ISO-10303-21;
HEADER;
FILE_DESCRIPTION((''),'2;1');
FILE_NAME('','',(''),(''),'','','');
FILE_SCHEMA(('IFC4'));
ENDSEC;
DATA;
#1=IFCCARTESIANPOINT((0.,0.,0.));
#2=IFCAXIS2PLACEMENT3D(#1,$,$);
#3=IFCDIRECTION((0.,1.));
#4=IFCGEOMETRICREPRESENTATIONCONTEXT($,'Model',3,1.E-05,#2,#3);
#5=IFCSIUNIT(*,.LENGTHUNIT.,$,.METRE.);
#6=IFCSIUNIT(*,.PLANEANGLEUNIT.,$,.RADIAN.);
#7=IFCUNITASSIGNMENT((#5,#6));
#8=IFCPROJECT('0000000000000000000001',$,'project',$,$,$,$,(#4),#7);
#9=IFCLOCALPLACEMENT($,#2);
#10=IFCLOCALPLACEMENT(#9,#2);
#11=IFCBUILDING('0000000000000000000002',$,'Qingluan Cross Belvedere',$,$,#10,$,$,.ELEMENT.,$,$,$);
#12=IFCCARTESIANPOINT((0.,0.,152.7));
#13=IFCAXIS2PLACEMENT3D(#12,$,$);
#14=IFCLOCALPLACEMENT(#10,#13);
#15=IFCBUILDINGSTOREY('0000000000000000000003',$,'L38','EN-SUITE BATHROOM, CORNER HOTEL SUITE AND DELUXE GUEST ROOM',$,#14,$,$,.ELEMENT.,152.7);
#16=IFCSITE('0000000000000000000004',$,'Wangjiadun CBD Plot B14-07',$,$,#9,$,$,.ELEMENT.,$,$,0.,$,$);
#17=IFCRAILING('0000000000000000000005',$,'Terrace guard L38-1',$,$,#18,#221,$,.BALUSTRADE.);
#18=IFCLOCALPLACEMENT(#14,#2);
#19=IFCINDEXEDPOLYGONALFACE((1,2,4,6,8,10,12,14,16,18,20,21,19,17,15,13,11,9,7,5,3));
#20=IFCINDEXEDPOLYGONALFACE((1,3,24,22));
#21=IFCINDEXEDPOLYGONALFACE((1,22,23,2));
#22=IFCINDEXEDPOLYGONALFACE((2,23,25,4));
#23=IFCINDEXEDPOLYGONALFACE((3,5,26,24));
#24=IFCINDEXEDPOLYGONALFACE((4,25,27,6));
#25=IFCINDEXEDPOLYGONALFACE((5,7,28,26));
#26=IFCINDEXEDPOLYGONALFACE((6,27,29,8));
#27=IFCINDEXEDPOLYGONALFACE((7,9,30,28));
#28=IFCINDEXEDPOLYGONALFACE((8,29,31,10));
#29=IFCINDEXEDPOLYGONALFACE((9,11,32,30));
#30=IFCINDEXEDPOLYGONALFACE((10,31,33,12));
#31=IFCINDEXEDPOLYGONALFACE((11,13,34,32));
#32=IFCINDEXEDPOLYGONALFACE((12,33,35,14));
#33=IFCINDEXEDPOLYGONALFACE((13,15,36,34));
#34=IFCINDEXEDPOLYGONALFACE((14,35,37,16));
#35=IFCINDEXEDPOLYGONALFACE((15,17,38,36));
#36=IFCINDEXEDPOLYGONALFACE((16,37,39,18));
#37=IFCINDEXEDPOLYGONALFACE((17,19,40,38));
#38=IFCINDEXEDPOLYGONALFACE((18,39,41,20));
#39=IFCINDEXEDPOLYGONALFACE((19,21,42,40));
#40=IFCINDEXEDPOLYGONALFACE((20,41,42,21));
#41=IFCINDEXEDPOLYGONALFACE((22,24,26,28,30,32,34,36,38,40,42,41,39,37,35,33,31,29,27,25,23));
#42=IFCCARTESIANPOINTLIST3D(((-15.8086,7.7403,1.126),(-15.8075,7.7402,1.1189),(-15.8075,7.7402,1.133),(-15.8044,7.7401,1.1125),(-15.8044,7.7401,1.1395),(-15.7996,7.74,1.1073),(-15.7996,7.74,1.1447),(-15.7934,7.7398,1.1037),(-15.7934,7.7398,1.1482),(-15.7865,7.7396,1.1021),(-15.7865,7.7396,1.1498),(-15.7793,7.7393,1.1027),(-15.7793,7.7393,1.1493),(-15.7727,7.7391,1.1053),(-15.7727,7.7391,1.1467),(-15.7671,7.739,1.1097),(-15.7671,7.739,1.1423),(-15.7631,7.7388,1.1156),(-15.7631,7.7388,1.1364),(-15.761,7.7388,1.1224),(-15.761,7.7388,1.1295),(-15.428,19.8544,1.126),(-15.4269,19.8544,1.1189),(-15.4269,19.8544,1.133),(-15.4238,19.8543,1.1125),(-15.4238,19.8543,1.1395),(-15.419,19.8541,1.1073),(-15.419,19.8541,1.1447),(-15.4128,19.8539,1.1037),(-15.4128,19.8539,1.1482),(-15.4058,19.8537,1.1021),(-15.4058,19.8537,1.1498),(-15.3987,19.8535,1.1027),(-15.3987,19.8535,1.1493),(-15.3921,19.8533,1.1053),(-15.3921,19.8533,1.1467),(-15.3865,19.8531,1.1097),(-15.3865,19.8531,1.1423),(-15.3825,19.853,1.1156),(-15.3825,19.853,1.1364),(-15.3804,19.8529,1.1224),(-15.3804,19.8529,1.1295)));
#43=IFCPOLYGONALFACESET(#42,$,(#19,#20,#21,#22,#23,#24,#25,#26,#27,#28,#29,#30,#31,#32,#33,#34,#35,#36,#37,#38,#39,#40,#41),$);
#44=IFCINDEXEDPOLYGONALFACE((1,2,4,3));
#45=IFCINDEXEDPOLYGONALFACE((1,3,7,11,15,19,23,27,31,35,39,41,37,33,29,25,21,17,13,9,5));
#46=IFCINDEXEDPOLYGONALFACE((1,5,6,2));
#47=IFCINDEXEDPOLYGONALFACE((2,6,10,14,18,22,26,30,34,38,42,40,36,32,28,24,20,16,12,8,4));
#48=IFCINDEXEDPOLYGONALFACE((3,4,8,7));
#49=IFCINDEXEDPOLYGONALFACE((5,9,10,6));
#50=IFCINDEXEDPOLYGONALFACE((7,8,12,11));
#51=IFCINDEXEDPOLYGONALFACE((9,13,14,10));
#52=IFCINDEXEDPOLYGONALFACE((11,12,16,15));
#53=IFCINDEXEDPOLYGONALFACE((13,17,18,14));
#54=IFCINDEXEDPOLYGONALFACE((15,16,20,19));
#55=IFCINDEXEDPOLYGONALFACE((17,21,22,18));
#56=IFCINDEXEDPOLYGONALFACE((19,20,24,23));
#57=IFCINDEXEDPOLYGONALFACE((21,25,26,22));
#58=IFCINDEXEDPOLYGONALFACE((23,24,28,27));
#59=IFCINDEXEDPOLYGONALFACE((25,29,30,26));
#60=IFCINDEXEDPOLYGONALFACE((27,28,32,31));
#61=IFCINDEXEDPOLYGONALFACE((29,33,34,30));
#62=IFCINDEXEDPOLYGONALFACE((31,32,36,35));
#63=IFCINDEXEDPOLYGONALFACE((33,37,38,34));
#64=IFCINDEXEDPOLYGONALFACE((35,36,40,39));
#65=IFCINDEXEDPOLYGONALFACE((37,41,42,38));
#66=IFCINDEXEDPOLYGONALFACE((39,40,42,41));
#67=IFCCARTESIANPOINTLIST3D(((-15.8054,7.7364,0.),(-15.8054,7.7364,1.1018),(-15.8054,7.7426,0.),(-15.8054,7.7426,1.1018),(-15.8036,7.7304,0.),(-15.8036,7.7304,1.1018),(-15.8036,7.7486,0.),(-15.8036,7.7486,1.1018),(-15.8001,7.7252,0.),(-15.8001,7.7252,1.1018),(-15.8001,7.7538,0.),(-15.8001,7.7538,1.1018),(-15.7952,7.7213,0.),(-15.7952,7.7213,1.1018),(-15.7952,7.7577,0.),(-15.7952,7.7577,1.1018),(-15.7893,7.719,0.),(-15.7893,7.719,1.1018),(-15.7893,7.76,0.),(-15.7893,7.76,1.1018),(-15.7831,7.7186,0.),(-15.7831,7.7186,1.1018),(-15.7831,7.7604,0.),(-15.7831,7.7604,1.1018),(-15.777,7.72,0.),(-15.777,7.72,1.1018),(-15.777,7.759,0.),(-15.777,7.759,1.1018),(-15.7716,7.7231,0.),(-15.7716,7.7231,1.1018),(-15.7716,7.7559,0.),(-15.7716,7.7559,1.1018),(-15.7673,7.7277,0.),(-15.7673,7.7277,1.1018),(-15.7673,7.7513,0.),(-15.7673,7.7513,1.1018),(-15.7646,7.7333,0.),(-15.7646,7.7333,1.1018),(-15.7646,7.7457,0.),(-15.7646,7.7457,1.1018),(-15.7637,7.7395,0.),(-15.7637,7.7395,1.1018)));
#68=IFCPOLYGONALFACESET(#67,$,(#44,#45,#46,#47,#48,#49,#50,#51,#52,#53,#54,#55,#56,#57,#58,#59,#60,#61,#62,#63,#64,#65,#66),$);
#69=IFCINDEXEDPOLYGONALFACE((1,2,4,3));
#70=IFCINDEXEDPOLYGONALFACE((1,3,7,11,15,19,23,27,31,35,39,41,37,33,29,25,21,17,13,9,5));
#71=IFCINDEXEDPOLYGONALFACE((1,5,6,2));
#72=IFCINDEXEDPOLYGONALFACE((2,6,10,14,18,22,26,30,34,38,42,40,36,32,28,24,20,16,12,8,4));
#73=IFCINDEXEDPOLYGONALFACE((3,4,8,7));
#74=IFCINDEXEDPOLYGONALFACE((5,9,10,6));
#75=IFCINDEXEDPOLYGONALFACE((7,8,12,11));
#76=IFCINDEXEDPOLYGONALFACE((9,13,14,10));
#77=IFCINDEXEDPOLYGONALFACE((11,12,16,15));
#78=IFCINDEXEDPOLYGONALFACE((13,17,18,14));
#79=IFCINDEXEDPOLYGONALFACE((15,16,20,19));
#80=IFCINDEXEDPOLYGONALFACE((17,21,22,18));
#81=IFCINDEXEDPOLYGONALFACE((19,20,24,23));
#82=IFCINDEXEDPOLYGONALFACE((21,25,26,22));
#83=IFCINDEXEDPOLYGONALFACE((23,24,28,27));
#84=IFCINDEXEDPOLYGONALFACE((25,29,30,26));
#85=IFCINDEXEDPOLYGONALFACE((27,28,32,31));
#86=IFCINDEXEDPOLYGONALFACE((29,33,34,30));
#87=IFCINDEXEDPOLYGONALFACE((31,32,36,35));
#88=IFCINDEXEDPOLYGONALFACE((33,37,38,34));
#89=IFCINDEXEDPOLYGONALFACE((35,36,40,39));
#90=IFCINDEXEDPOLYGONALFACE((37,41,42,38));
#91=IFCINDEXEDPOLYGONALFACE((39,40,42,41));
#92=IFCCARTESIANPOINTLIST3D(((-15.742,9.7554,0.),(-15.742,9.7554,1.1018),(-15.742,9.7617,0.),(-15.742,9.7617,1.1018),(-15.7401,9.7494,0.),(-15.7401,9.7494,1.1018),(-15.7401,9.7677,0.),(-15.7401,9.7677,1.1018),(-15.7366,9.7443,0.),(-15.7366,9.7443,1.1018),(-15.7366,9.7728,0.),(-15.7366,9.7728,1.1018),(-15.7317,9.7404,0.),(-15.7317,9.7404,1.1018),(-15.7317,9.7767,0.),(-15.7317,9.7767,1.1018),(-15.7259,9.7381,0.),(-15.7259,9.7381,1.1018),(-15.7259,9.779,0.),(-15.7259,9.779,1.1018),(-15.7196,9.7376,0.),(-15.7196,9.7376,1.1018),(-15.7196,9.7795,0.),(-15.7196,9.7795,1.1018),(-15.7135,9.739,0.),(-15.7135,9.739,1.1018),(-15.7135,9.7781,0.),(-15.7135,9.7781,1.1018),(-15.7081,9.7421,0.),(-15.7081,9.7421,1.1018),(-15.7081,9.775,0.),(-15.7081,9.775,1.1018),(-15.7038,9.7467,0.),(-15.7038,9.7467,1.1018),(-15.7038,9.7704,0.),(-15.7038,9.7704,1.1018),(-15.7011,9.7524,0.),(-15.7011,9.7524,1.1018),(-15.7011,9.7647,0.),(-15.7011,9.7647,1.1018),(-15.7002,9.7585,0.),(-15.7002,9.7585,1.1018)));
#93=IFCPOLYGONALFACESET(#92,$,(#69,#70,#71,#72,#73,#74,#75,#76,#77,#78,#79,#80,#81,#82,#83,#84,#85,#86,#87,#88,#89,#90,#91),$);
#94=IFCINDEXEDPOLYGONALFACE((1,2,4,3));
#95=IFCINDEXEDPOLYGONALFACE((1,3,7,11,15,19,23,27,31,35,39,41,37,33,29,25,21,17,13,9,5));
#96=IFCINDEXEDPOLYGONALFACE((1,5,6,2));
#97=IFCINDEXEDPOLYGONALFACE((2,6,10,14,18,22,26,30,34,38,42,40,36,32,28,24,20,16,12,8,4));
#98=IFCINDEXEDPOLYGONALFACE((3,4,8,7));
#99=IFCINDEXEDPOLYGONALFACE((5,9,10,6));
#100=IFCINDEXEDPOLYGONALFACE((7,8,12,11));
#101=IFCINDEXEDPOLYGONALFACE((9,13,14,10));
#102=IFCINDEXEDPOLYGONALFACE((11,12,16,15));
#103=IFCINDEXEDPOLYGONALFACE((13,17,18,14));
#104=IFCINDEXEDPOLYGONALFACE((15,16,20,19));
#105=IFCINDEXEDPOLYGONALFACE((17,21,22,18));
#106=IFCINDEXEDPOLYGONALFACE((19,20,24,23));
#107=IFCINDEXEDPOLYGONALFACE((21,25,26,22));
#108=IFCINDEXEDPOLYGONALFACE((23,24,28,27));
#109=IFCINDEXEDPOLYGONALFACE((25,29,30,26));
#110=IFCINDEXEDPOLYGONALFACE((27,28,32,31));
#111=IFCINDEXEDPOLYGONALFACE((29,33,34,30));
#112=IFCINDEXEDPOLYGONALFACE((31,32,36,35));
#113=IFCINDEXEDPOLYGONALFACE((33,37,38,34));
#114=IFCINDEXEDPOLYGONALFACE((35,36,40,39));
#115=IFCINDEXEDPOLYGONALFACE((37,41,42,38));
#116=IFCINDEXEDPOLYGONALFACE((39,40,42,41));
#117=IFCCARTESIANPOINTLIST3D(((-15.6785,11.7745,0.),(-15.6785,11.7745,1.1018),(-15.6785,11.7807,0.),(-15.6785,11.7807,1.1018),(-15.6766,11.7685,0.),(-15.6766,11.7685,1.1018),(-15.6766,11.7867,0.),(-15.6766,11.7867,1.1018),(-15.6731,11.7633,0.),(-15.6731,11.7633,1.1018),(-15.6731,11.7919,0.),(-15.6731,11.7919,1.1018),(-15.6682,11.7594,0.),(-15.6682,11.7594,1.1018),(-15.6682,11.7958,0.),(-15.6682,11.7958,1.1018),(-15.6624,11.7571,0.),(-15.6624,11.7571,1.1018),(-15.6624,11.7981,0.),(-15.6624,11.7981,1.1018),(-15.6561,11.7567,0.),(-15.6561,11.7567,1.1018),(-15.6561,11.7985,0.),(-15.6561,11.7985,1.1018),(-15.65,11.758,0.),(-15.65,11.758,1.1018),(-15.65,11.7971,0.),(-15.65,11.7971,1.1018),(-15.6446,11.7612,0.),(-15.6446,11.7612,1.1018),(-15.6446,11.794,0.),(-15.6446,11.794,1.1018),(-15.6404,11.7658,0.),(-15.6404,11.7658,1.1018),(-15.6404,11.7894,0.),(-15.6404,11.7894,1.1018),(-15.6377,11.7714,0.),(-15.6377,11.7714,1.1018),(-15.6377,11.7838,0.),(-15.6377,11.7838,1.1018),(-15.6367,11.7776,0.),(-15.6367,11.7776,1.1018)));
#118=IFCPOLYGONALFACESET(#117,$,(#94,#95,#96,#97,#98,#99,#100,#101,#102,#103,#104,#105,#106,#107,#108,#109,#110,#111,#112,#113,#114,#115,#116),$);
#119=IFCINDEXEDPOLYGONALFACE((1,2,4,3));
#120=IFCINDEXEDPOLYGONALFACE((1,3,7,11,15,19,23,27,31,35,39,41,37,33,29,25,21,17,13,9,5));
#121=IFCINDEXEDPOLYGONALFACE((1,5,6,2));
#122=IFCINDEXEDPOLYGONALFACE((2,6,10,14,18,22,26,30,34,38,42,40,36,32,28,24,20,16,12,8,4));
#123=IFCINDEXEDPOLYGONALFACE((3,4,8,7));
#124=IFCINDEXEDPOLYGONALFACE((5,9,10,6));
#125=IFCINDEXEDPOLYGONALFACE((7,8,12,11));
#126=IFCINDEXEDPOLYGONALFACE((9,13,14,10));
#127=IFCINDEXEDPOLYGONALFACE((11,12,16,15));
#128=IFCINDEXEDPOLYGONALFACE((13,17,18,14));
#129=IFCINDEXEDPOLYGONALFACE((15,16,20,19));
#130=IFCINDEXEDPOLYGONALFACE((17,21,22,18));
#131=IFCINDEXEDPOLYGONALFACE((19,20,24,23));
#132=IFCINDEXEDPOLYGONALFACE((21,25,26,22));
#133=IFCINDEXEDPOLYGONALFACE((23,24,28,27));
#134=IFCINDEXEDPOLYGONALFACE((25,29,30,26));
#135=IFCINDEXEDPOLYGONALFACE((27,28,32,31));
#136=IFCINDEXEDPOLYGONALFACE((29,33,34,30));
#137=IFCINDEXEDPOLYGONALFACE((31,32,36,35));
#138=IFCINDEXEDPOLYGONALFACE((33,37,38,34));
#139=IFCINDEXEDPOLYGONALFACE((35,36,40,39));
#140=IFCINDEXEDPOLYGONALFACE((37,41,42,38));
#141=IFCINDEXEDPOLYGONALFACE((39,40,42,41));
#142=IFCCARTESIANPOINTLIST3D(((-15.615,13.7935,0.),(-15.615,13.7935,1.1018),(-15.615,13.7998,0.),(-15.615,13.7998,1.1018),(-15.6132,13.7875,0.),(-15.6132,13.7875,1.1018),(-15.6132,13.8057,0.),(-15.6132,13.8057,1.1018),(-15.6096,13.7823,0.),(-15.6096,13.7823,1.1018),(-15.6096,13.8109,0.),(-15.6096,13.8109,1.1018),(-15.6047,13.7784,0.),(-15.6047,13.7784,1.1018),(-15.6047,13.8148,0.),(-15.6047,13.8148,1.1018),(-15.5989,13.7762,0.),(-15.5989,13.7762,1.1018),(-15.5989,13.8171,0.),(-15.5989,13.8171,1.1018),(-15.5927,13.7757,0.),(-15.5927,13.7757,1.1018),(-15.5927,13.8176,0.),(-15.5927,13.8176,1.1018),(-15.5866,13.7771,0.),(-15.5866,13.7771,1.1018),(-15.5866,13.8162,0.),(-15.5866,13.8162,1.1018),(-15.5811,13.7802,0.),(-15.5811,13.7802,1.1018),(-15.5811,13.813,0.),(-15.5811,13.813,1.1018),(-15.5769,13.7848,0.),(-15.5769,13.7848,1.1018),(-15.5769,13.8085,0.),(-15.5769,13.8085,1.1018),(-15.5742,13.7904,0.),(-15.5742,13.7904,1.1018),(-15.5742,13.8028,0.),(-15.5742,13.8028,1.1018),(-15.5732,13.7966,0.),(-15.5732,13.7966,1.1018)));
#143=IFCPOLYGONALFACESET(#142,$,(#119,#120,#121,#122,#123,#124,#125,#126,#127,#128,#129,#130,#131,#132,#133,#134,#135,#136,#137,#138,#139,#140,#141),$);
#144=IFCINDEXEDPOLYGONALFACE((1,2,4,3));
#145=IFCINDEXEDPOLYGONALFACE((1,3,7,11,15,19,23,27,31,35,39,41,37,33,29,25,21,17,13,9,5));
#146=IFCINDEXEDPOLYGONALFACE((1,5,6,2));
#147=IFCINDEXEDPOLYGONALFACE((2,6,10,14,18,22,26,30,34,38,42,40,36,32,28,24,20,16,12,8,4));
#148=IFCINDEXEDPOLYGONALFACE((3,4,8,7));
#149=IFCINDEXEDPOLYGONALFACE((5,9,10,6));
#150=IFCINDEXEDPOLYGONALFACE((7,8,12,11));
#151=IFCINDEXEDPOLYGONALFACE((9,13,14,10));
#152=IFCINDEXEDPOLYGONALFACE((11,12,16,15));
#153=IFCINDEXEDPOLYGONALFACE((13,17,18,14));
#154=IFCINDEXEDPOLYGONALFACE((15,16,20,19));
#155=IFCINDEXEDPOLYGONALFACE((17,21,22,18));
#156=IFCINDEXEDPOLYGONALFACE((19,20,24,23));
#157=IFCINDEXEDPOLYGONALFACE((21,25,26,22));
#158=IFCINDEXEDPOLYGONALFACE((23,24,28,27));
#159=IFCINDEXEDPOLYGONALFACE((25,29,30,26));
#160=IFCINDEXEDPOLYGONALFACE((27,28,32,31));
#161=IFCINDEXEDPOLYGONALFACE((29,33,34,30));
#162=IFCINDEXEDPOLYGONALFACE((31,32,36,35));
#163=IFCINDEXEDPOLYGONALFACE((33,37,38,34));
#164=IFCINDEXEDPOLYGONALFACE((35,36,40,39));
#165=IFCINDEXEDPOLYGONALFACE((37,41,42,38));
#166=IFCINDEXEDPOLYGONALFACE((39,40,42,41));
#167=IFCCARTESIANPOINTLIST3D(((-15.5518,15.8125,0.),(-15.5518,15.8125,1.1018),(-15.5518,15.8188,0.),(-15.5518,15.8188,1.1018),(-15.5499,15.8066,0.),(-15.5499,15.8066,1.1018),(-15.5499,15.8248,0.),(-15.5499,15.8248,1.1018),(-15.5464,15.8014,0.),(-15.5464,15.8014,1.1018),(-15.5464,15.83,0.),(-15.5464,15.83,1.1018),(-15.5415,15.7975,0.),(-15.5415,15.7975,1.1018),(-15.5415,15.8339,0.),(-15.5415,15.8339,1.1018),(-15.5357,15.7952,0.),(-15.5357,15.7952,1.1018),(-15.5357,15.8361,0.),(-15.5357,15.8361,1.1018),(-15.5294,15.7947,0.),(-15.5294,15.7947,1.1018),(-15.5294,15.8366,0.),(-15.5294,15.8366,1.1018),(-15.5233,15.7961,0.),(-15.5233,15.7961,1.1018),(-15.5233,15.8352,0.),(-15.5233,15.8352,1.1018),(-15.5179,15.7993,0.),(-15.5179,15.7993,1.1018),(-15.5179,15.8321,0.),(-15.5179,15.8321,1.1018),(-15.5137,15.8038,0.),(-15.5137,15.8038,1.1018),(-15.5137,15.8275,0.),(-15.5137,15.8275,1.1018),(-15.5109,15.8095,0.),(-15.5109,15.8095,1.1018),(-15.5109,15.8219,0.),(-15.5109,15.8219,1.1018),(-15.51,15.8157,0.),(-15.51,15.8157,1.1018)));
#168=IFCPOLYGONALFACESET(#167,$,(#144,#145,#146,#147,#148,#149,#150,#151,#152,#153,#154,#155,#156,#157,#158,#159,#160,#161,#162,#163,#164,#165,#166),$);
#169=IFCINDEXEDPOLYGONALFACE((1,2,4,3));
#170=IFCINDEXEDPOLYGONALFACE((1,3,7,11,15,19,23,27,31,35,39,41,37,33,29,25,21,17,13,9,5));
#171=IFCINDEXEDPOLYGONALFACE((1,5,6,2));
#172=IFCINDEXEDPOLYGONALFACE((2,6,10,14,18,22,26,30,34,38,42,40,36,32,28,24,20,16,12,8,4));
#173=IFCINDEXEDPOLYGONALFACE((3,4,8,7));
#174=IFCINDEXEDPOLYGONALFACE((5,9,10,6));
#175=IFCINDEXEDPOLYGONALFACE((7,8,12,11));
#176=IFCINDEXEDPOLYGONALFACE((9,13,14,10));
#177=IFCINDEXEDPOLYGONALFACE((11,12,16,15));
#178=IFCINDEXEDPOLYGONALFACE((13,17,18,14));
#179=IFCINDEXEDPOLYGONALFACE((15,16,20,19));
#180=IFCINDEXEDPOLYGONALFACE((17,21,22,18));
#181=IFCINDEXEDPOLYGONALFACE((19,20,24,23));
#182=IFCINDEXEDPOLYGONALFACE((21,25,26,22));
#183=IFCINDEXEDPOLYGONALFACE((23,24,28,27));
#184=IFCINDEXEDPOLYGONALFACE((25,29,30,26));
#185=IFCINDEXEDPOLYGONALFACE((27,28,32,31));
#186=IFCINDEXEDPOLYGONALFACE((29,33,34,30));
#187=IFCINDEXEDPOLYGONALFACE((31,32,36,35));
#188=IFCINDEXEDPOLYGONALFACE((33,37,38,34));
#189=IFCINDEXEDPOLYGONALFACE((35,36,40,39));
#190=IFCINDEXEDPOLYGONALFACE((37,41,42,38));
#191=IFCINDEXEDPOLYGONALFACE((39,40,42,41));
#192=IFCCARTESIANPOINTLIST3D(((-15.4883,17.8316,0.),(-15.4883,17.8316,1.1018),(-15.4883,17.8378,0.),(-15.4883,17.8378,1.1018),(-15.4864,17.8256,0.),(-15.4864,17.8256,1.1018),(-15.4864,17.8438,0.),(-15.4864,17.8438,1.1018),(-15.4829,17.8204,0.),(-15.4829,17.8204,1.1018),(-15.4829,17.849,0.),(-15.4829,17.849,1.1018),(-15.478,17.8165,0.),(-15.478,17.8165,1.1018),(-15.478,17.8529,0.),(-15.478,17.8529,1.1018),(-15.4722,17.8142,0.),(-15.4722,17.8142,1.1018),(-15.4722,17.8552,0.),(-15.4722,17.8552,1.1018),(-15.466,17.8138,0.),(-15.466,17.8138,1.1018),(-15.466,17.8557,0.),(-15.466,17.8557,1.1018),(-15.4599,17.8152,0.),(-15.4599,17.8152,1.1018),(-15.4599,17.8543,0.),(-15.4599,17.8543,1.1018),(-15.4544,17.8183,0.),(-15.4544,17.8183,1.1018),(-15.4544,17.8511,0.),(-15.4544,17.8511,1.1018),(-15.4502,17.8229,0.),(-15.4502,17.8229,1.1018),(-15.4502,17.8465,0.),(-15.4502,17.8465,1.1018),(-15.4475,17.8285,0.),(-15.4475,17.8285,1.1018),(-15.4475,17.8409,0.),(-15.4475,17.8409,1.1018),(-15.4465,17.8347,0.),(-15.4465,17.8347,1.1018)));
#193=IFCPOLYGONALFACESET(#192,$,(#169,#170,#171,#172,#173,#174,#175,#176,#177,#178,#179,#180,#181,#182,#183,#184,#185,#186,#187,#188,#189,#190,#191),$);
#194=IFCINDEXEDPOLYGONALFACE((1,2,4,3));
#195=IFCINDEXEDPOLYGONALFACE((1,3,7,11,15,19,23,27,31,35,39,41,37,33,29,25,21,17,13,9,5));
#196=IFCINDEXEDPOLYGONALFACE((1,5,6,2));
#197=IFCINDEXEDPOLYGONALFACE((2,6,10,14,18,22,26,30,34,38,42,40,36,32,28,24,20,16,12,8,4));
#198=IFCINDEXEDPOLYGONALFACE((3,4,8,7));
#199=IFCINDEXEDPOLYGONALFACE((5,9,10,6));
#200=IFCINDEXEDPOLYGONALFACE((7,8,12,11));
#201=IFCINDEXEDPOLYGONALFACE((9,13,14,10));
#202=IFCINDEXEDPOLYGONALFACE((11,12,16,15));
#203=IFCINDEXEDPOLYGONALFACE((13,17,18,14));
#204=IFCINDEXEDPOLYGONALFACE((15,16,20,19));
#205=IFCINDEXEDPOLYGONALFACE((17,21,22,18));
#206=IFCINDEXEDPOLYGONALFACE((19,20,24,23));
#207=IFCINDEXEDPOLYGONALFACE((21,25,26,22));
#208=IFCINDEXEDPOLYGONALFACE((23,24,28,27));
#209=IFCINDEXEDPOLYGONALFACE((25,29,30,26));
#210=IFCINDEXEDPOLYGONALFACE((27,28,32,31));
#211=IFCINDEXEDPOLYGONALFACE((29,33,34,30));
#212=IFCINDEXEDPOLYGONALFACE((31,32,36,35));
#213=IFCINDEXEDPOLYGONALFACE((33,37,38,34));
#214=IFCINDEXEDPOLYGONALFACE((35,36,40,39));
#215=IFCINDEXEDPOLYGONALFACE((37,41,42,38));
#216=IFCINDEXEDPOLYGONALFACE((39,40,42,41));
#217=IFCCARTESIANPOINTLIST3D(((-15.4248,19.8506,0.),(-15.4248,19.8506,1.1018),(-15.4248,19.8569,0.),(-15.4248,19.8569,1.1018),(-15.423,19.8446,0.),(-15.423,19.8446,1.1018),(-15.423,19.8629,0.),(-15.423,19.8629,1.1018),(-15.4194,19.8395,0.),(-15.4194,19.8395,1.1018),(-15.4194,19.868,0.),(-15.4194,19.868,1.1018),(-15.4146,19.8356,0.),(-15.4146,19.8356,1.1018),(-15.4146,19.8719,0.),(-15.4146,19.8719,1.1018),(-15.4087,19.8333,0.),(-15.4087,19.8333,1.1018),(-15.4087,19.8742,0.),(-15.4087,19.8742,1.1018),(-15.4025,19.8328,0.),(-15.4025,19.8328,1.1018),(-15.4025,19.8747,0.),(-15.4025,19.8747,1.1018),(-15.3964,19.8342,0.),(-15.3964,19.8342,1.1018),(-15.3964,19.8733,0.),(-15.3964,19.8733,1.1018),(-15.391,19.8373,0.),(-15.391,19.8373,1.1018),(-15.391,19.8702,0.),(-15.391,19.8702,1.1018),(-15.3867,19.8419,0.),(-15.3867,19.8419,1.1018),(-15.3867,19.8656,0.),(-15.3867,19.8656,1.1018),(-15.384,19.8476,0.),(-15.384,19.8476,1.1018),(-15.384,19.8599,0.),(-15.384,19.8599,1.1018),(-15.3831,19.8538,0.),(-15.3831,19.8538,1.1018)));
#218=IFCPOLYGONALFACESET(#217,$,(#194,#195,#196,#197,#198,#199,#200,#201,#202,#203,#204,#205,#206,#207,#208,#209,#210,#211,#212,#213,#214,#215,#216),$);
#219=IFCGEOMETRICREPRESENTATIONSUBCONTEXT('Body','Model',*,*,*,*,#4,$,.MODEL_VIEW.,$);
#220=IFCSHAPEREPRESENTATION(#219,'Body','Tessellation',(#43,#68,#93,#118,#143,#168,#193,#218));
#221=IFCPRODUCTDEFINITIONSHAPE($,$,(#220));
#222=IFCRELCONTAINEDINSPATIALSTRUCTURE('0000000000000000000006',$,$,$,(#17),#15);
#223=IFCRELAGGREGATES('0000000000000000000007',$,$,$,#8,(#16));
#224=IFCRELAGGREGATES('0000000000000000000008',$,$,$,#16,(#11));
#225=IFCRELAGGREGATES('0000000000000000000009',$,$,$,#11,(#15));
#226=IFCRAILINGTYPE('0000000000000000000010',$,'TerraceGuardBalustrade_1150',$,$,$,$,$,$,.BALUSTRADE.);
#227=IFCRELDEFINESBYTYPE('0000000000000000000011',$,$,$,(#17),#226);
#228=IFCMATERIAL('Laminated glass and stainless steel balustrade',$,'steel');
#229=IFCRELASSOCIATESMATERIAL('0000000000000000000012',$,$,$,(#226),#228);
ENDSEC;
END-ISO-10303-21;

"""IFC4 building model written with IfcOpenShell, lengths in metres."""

from ifc_helpers import new_model, si_unit, direction, frame, origin, origin_2d, place, context, subcontext, project, spatial, circle, extrude, material, type_object, element, save


model = new_model("IFC4")

# Units and contexts
model_context = context("Model", 3, precision=1e-05, world=origin(), true_north=direction((0.0, 1.0)))
body_context = subcontext(model_context, "Body", "Model", "MODEL_VIEW")
ifc_project = project(units=[si_unit("LENGTHUNIT", "METRE"), si_unit("PLANEANGLEUNIT", "RADIAN")], contexts=[model_context])

# Site, building, storey
site_placement = place(None, origin())
site = spatial("IfcSite", under=ifc_project, at=site_placement, Name="Wangjiadun CBD Plot B14-07", CompositionType="ELEMENT", RefElevation=0.0)
building_placement = place(site_placement, origin())
building = spatial("IfcBuilding", under=site, at=building_placement, Name="Qingluan Cross Belvedere", CompositionType="ELEMENT")
storey_placement = place(building_placement, frame((0.0, 0.0, 152.7)))
storey = spatial("IfcBuildingStorey", under=building, at=storey_placement, Name="L38", Description="EN-SUITE BATHROOM, CORNER HOTEL SUITE AND DELUXE GUEST ROOM", CompositionType="ELEMENT", Elevation=152.7)

# Railing
ifc_material_1 = material(Name="Laminated glass and stainless steel balustrade", Category="steel")
railing_type = type_object("IfcRailingType", Name="TerraceGuardBalustrade_1150", PredefinedType="BALUSTRADE", material=ifc_material_1)
railing_placement = place(storey_placement, frame((-15.7847, 7.7395, 0.0)))
element("IfcRailing", 1, at=railing_placement, inside=storey, type_object=railing_type, Name="Terrace guard L38-1", PredefinedType="BALUSTRADE", context=body_context, shape_type="SweptSolid", body=[
    extrude(circle(Radius=0.0239, at=origin_2d()), frame((0.0, 0.0, 1.126), z_axis=(0.031403, 0.999507, 0.0), x_axis=(-0.999507, 0.031403, 0.0)), (0.0, 0.0, 1.0), 12.1201),
    extrude(circle(Radius=0.021, at=origin_2d()), origin(), (0.0, 0.0, 1.0), 1.1018),
    extrude(circle(Radius=0.021, at=origin_2d()), frame((0.0635, 2.019, 0.0)), (0.0, 0.0, 1.0), 1.1018),
    extrude(circle(Radius=0.021, at=origin_2d()), frame((0.127, 4.0381, 0.0)), (0.0, 0.0, 1.0), 1.1018),
    extrude(circle(Radius=0.021, at=origin_2d()), frame((0.1904, 6.0571, 0.0)), (0.0, 0.0, 1.0), 1.1018),
    extrude(circle(Radius=0.021, at=origin_2d()), frame((0.2537, 8.0762, 0.0)), (0.0, 0.0, 1.0), 1.1018),
    extrude(circle(Radius=0.021, at=origin_2d()), frame((0.3171, 10.0952, 0.0)), (0.0, 0.0, 1.0), 1.1018),
    extrude(circle(Radius=0.021, at=origin_2d()), frame((0.3806, 12.1143, 0.0)), (0.0, 0.0, 1.0), 1.1018),
])

save(model, "model.ifc")
